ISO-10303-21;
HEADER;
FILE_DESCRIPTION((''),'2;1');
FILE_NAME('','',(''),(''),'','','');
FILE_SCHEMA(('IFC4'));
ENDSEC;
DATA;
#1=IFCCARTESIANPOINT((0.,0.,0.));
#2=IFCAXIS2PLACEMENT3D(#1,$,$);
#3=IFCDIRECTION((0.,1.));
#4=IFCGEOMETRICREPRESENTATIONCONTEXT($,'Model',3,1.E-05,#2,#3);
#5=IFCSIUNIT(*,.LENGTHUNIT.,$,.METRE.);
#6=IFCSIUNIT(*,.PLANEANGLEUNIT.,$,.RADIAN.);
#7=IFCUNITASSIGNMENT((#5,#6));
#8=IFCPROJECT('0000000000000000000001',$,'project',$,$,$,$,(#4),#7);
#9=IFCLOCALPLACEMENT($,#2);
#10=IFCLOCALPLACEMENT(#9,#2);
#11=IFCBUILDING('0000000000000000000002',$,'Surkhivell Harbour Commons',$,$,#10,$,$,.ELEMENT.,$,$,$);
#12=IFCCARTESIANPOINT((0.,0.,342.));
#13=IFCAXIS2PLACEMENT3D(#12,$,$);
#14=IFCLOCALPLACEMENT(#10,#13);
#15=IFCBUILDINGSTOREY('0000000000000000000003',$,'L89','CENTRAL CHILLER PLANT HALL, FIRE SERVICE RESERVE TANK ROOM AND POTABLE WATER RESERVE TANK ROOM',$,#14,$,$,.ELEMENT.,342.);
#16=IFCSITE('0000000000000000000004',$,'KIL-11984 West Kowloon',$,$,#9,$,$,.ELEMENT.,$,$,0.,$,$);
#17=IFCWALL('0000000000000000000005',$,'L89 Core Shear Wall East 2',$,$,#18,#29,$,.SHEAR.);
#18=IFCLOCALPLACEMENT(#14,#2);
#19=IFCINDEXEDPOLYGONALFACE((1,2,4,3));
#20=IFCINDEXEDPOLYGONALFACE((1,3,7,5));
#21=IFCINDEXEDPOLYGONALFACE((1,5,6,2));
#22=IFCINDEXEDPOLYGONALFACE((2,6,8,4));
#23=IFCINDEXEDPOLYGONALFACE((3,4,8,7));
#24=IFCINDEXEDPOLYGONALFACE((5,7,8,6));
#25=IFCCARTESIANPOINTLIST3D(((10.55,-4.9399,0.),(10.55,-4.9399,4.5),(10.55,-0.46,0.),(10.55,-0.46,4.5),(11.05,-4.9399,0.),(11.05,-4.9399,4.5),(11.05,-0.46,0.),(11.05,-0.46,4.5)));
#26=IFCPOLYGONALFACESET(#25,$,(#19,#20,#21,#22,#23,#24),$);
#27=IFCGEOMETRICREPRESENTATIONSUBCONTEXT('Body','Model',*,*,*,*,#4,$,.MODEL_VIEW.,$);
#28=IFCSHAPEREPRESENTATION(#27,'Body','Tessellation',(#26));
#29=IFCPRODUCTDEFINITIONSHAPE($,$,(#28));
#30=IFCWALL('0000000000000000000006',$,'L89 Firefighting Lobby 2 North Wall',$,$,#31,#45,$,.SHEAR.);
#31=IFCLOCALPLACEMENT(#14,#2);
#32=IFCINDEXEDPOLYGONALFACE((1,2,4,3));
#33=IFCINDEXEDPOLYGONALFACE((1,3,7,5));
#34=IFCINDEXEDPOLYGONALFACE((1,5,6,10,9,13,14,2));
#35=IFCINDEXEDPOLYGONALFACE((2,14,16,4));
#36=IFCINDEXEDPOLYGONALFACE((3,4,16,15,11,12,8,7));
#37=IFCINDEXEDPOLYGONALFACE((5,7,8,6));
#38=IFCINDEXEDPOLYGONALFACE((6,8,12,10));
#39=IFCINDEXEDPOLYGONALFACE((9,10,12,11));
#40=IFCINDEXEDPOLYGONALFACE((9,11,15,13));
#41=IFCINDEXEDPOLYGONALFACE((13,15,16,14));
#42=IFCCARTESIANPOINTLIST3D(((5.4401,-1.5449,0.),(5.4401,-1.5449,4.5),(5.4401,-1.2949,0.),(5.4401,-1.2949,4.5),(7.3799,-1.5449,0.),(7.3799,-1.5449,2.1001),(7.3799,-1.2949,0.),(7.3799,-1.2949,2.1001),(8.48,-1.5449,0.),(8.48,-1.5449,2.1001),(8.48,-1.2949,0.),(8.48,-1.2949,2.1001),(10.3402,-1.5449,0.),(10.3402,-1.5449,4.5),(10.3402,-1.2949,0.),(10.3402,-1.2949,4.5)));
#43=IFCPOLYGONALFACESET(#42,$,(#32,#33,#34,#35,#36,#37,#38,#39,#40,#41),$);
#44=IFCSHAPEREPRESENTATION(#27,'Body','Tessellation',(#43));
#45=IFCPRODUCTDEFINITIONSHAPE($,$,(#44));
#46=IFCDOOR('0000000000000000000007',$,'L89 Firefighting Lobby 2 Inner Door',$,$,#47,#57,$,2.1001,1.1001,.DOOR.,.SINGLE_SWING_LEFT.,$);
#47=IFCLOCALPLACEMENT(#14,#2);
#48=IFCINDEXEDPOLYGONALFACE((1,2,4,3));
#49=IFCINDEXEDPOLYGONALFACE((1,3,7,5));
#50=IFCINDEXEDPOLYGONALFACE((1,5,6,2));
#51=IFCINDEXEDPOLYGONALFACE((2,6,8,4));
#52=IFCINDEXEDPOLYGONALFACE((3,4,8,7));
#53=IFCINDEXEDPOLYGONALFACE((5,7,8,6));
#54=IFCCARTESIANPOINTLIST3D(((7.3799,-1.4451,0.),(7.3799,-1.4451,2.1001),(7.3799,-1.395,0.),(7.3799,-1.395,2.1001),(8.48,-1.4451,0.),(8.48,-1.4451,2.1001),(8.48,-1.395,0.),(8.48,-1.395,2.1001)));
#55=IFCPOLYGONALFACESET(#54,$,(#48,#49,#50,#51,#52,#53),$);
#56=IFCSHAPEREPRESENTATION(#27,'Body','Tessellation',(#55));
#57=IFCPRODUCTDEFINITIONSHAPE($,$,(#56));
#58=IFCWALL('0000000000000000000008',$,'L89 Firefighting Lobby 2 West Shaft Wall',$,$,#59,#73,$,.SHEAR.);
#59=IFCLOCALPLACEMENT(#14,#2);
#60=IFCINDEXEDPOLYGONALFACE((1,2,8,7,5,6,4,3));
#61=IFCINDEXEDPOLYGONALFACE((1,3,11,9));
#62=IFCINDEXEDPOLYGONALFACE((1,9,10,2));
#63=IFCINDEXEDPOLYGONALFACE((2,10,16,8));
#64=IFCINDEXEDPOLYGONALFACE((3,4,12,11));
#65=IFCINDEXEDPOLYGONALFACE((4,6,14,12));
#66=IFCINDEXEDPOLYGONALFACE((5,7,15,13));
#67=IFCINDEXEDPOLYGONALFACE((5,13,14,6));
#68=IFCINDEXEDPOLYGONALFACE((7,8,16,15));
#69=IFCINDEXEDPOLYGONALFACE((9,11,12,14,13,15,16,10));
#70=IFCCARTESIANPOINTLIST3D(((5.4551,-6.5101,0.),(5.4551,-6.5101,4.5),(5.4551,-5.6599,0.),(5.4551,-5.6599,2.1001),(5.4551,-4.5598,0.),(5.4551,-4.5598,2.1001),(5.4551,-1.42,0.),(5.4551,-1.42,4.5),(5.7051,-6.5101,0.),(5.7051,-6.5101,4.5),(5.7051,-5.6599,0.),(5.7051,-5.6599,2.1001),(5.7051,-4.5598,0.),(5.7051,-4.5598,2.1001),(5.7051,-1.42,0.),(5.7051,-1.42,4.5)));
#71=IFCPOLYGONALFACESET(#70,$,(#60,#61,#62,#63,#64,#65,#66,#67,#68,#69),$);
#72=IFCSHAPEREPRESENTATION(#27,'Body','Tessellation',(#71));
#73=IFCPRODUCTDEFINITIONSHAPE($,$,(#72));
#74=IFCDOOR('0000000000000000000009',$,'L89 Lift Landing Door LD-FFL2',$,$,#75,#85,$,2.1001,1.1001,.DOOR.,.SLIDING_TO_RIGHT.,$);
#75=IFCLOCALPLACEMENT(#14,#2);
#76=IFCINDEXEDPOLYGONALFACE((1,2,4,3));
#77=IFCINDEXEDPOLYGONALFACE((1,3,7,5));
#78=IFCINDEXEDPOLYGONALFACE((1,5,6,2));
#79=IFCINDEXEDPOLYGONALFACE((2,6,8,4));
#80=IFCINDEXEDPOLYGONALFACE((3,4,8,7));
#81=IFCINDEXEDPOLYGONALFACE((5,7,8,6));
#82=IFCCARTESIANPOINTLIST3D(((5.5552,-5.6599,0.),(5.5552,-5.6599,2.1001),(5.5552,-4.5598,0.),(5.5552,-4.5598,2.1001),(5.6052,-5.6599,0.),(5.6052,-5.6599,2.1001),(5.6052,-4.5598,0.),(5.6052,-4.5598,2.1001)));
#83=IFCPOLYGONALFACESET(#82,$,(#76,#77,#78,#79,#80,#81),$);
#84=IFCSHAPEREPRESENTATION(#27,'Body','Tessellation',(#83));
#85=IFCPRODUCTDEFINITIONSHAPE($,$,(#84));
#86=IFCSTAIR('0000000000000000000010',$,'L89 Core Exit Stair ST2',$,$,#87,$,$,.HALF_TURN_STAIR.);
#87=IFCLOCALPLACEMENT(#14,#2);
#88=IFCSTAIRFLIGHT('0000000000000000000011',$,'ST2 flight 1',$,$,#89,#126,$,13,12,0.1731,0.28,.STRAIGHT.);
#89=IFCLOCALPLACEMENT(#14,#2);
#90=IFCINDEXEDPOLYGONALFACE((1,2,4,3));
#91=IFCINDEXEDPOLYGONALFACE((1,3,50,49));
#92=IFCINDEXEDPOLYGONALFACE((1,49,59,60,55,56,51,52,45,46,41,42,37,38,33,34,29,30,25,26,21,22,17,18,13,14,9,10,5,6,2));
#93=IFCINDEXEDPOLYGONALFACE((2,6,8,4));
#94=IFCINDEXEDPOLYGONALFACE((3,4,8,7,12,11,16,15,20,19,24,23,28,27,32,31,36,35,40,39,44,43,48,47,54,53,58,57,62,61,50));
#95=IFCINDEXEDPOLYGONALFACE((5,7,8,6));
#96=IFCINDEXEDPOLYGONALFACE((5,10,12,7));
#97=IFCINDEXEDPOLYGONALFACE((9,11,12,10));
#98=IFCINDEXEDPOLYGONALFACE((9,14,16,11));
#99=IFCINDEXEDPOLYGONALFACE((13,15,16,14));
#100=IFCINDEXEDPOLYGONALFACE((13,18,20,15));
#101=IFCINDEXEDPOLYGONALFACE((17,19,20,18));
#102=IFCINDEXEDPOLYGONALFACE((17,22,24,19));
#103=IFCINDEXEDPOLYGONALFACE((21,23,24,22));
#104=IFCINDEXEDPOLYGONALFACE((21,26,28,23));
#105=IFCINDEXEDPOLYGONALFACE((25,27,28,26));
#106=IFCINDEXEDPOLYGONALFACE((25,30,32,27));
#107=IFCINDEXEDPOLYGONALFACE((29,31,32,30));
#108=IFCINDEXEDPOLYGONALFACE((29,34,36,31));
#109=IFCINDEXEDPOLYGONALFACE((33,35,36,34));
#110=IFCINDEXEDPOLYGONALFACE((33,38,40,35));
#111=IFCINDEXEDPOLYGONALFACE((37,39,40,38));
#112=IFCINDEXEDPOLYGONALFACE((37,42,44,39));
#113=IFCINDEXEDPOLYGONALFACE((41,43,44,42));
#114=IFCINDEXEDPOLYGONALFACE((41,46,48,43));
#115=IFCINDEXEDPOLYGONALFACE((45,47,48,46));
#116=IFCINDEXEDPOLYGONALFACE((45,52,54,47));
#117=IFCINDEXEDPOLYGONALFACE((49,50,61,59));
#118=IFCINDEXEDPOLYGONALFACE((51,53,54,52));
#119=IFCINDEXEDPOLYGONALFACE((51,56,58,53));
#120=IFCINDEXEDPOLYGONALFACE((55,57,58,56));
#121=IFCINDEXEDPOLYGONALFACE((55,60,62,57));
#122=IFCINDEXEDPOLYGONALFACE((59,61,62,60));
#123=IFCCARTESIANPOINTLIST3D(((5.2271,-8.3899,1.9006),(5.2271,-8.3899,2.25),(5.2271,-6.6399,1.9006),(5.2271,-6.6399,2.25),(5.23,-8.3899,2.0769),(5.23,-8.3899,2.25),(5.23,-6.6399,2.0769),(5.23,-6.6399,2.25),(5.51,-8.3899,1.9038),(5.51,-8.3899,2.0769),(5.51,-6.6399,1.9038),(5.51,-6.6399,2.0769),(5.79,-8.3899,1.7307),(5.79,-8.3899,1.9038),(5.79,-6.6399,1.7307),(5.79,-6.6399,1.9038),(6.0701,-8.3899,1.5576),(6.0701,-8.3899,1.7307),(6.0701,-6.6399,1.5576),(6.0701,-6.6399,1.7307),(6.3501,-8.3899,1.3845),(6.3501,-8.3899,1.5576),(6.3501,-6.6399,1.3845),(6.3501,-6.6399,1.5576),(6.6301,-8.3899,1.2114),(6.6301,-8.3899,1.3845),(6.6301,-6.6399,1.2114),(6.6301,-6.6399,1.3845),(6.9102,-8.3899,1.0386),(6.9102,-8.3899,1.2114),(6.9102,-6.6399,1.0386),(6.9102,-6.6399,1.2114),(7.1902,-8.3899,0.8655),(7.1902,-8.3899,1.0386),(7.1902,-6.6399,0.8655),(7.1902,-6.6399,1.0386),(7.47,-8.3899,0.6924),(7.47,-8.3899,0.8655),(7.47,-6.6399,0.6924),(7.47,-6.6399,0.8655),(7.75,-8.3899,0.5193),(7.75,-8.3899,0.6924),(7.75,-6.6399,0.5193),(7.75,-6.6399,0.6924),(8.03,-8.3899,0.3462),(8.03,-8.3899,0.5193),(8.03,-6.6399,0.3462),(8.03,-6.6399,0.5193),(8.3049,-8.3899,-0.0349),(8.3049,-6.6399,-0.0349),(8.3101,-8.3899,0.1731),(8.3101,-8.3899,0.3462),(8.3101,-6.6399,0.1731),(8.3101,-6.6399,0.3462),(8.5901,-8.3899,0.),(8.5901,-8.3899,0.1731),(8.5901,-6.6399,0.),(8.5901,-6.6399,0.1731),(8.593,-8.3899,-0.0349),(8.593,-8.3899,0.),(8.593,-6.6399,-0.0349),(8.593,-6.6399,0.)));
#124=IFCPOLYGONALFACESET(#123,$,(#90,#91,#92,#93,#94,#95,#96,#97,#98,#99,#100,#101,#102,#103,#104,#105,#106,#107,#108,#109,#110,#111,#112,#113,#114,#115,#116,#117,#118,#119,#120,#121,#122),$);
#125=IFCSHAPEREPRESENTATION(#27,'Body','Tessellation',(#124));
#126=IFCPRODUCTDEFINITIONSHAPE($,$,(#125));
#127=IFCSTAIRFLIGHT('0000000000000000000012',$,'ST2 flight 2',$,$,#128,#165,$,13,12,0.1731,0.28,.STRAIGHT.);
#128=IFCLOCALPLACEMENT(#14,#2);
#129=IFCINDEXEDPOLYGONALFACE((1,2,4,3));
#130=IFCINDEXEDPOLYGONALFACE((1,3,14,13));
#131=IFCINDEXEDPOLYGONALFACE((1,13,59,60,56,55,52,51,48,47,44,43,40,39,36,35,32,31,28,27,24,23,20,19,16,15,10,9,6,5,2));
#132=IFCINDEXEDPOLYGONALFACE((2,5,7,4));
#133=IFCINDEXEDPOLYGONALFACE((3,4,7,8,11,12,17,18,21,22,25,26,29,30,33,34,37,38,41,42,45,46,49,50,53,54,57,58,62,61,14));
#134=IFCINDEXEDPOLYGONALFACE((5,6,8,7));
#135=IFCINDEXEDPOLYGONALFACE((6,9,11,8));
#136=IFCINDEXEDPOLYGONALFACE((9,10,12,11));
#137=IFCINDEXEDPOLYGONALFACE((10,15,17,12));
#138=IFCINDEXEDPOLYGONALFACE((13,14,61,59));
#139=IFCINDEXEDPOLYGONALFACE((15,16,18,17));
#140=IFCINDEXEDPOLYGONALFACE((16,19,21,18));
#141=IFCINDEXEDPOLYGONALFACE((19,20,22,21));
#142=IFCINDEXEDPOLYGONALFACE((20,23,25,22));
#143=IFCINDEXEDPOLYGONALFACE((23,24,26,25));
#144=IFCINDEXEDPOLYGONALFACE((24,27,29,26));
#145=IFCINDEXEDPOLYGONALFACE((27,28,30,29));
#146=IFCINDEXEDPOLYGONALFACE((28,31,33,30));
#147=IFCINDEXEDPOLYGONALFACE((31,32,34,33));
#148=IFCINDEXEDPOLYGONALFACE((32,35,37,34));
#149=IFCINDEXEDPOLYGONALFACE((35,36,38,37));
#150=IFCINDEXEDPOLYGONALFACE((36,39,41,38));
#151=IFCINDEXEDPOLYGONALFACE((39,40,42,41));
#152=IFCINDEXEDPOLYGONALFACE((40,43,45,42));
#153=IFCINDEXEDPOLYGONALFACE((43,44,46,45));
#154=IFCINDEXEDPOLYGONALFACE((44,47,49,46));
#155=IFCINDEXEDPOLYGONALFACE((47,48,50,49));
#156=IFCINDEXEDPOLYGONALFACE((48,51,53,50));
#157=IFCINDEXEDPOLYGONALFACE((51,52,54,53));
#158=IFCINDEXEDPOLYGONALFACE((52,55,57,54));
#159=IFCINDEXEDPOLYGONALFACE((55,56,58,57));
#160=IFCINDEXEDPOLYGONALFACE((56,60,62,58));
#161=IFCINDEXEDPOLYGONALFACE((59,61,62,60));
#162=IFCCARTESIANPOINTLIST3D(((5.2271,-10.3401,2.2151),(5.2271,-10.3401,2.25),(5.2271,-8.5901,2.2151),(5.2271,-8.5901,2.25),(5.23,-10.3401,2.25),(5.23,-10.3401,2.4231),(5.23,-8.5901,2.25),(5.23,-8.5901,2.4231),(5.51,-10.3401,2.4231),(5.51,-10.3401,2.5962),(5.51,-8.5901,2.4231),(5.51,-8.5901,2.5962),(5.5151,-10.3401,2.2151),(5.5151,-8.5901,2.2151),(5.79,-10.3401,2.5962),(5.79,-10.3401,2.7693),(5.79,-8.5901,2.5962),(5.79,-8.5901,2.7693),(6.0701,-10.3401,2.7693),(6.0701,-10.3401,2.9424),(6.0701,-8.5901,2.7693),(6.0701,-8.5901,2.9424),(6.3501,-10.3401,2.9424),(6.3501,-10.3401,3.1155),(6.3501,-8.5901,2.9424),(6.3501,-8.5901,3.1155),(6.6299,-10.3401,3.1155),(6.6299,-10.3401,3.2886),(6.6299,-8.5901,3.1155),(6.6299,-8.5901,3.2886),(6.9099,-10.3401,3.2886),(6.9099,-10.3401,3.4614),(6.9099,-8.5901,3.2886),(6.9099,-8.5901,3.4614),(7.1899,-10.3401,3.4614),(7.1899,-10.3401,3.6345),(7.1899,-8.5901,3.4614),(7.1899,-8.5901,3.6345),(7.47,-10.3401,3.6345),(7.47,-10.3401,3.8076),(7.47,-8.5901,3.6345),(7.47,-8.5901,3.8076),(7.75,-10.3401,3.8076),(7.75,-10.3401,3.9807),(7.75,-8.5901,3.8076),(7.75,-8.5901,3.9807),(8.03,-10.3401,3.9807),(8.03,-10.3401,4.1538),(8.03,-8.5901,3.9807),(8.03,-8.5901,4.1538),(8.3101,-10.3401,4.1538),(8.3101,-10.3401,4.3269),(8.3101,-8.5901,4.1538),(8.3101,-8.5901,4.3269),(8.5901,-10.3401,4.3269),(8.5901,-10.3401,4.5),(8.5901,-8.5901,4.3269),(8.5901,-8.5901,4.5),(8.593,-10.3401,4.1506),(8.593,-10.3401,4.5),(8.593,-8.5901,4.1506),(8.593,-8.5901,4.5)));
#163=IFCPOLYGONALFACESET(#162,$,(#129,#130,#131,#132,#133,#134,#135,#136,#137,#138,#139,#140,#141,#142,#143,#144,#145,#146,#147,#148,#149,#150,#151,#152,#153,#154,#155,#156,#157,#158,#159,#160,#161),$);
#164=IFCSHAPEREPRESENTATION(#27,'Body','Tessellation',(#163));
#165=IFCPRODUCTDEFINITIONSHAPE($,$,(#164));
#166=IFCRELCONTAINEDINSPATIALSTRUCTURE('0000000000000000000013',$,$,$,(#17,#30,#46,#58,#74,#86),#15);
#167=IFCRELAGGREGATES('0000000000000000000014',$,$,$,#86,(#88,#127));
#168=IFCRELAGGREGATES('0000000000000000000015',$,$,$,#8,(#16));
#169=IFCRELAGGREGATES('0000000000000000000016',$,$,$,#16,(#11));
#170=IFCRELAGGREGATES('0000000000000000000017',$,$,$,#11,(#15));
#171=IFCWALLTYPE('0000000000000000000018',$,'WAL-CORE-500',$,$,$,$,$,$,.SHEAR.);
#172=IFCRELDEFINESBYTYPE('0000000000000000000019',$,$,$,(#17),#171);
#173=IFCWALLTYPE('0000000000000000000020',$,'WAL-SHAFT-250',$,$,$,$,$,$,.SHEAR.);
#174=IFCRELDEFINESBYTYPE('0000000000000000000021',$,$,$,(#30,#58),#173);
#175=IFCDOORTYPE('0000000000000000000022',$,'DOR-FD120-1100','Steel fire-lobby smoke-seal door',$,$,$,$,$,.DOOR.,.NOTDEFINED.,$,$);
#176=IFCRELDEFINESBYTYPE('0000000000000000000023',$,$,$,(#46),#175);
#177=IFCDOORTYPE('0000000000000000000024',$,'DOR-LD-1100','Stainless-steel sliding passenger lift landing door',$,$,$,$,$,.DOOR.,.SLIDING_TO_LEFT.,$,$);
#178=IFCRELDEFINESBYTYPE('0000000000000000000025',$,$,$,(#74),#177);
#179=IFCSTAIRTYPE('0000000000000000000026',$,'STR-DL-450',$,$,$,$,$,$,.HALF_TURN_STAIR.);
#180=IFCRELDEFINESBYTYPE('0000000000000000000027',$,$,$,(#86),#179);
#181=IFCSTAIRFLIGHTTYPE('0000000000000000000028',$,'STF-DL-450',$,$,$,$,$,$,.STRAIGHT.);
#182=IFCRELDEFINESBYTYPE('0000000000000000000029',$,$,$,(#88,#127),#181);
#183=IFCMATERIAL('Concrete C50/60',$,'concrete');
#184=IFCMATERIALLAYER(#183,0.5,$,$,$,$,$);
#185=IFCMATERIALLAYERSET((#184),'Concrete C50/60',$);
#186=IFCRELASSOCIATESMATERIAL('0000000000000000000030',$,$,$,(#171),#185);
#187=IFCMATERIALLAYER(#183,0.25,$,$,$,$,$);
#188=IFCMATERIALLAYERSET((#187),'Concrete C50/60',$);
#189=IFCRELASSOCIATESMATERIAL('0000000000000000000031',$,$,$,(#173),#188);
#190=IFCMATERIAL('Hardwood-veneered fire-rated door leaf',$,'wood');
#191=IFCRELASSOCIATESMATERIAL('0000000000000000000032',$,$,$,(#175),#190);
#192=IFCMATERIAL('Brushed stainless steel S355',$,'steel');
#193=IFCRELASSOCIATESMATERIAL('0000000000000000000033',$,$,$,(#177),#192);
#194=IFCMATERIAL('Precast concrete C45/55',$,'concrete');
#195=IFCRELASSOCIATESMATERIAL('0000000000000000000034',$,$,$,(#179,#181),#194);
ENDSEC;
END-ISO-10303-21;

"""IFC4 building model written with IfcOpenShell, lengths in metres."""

from ifc_helpers import new_model, si_unit, direction, frame, frame_2d, origin, place, context, subcontext, project, spatial, polyline, rectangle, outline, extrude, material, layer, layer_set, type_object, element, fill, aggregate, save


model = new_model("IFC4")

# Units and contexts
model_context = context("Model", 3, precision=1e-05, world=origin(), true_north=direction((0.0, 1.0)))
body_context = subcontext(model_context, "Body", "Model", "MODEL_VIEW")
ifc_project = project(units=[si_unit("LENGTHUNIT", "METRE"), si_unit("PLANEANGLEUNIT", "RADIAN")], contexts=[model_context])

# Site, building, storey
site_placement = place(None, origin())
site = spatial("IfcSite", under=ifc_project, at=site_placement, Name="KIL-11984 West Kowloon", CompositionType="ELEMENT", RefElevation=0.0)
building_placement = place(site_placement, origin())
building = spatial("IfcBuilding", under=site, at=building_placement, Name="Surkhivell Harbour Commons", CompositionType="ELEMENT")
storey_placement = place(building_placement, frame((0.0, 0.0, 342.0)))
storey = spatial("IfcBuildingStorey", under=building, at=storey_placement, Name="L89", Description="CENTRAL CHILLER PLANT HALL, FIRE SERVICE RESERVE TANK ROOM AND POTABLE WATER RESERVE TANK ROOM", CompositionType="ELEMENT", Elevation=342.0)

# Wall
ifc_material_1 = material(Name="Concrete C50/60", Category="concrete")
ifc_layer_1 = layer(ifc_material_1, 0.5)
ifc_layer_set_1 = layer_set([ifc_layer_1], Name="Concrete C50/60")
wall_type_1 = type_object("IfcWallType", Name="WAL-CORE-500", PredefinedType="SHEAR", material=ifc_layer_set_1)
for number, where, z_axis, x_axis, name in (
    (1, (10.8, -4.9399, 0.0), (0.0, 0.0, 1.0), (0.0, 1.0, 0.0), "L89 Core Shear Wall East 2"),
):
    element("IfcWall", number, at=place(storey_placement, frame(where, z_axis=z_axis, x_axis=x_axis)), inside=storey, type_object=wall_type_1, Name=name, PredefinedType="SHEAR", context=body_context, shape_type="SweptSolid", body=[
        extrude(rectangle(XDim=4.48, YDim=0.5, at=frame_2d((2.24, 0.0))), origin(), (0.0, 0.0, 1.0), 4.5),
    ])

# Walls, openings, doors
ifc_layer_2 = layer(ifc_material_1, 0.25)
ifc_layer_set_2 = layer_set([ifc_layer_2], Name="Concrete C50/60")
wall_type_2 = type_object("IfcWallType", Name="WAL-SHAFT-250", PredefinedType="SHEAR", material=ifc_layer_set_2)
wall_1_placement = place(storey_placement, frame((5.4399, -1.4199, 0.0), z_axis=(0.0, 0.0, 1.0), x_axis=(1.0, 0.0, 0.0)))
wall_1 = element("IfcWall", 2, at=wall_1_placement, inside=storey, type_object=wall_type_2, Name="L89 Firefighting Lobby 2 North Wall", PredefinedType="SHEAR", context=body_context, shape_type="SweptSolid", body=[
    extrude(rectangle(XDim=4.9001, YDim=0.25, at=frame_2d((2.4502, 0.0))), origin(), (0.0, 0.0, 1.0), 4.5),
])
opening_1_placement = place(wall_1_placement, frame((1.9399, 0.0, 0.0)))
opening_1 = element("IfcOpeningElement", 3, at=opening_1_placement, cuts=wall_1, PredefinedType="OPENING", context=body_context, shape_type="SweptSolid", body=[
    extrude(rectangle(XDim=1.1001, YDim=2.1001, at=frame_2d((0.55, 1.05))), frame((0.0, 0.135, 0.0), z_axis=(0.0, -1.0, 0.0), x_axis=(1.0, 0.0, 0.0)), (0.0, 0.0, 1.0), 0.27),
])
ifc_material_2 = material(Name="Hardwood-veneered fire-rated door leaf", Category="wood")
door_type_1 = type_object("IfcDoorType", Name="DOR-FD120-1100", Description="Steel fire-lobby smoke-seal door", OperationType="NOTDEFINED", PredefinedType="DOOR", material=ifc_material_2)
door_1_placement = place(opening_1_placement, origin())
door_1 = element("IfcDoor", 4, at=door_1_placement, inside=storey, type_object=door_type_1, Name="L89 Firefighting Lobby 2 Inner Door", OperationType="SINGLE_SWING_LEFT", OverallHeight=2.1001, OverallWidth=1.1001, PredefinedType="DOOR", context=body_context, shape_type="SweptSolid", body=[
    extrude(rectangle(XDim=1.1001, YDim=2.1001, at=frame_2d((0.55, 1.05))), frame((0.0, 0.0249, 0.0), z_axis=(0.0, -1.0, 0.0), x_axis=(1.0, 0.0, 0.0)), (0.0, 0.0, 1.0), 0.05),
])
fill(opening_1, door_1)
wall_2_placement = place(storey_placement, frame((5.5801, -6.51, 0.0), z_axis=(0.0, 0.0, 1.0), x_axis=(0.0, 1.0, 0.0)))
wall_2 = element("IfcWall", 5, at=wall_2_placement, inside=storey, type_object=wall_type_2, Name="L89 Firefighting Lobby 2 West Shaft Wall", PredefinedType="SHEAR", context=body_context, shape_type="SweptSolid", body=[
    extrude(rectangle(XDim=5.0901, YDim=0.25, at=frame_2d((2.5449, 0.0))), origin(), (0.0, 0.0, 1.0), 4.5),
])
opening_2_placement = place(wall_2_placement, frame((0.8501, 0.0, 0.0)))
opening_2 = element("IfcOpeningElement", 6, at=opening_2_placement, cuts=wall_2, PredefinedType="OPENING", context=body_context, shape_type="SweptSolid", body=[
    extrude(rectangle(XDim=1.1001, YDim=2.1001, at=frame_2d((0.55, 1.05))), frame((0.0, 0.135, 0.0), z_axis=(0.0, -1.0, 0.0), x_axis=(1.0, 0.0, 0.0)), (0.0, 0.0, 1.0), 0.27),
])
ifc_material_3 = material(Name="Brushed stainless steel S355", Category="steel")
door_type_2 = type_object("IfcDoorType", Name="DOR-LD-1100", Description="Stainless-steel sliding passenger lift landing door", OperationType="SLIDING_TO_LEFT", PredefinedType="DOOR", material=ifc_material_3)
door_2_placement = place(opening_2_placement, origin())
door_2 = element("IfcDoor", 7, at=door_2_placement, inside=storey, type_object=door_type_2, Name="L89 Lift Landing Door LD-FFL2", OperationType="SLIDING_TO_RIGHT", OverallHeight=2.1001, OverallWidth=1.1001, PredefinedType="DOOR", context=body_context, shape_type="SweptSolid", body=[
    extrude(rectangle(XDim=1.1001, YDim=2.1001, at=frame_2d((0.55, 1.05))), frame((0.0, 0.0249, 0.0), z_axis=(0.0, -1.0, 0.0), x_axis=(1.0, 0.0, 0.0)), (0.0, 0.0, 1.0), 0.05),
])
fill(opening_2, door_2)

# Stair, stair flights
ifc_material_4 = material(Name="Precast concrete C45/55", Category="concrete")
stair_type = type_object("IfcStairType", Name="STR-DL-450", PredefinedType="HALF_TURN_STAIR", material=ifc_material_4)
stair_placement = place(storey_placement, origin())
stair = element("IfcStair", 8, at=stair_placement, inside=storey, type_object=stair_type, Name="L89 Core Exit Stair ST2", PredefinedType="HALF_TURN_STAIR")
stair_flight_type = type_object("IfcStairFlightType", Name="STF-DL-450", PredefinedType="STRAIGHT", material=ifc_material_4)
stair_flight_1_placement = place(storey_placement, frame((8.5901, -7.5149, 0.0), z_axis=(0.0, 0.0, 1.0), x_axis=(-1.0, 0.0, 0.0)))
stair_flight_1 = element("IfcStairFlight", 9, at=stair_flight_1_placement, type_object=stair_flight_type, Name="ST2 flight 1", NumberOfRisers=13, NumberOfTreads=12, PredefinedType="STRAIGHT", RiserHeight=0.1731, TreadLength=0.28, context=body_context, shape_type="SweptSolid", body=[
    extrude(outline(polyline([(-0.0029, -0.0349), (-0.0029, 0.0), (0.0, 0.0), (0.0, 0.1731), (0.28, 0.1731), (0.28, 0.3462), (0.5601, 0.3462), (0.5601, 0.5193), (0.8401, 0.5193), (0.8401, 0.6924), (1.1201, 0.6924), (1.1201, 0.8655), (1.3999, 0.8655), (1.3999, 1.0386), (1.6799, 1.0386), (1.6799, 1.2114), (1.96, 1.2114), (1.96, 1.3845), (2.24, 1.3845), (2.24, 1.5576), (2.52, 1.5576), (2.52, 1.7307), (2.8, 1.7307), (2.8, 1.9038), (3.0801, 1.9038), (3.0801, 2.0769), (3.3601, 2.0769), (3.3601, 2.25), (3.363, 2.25), (3.363, 1.9006), (0.2852, -0.0349), (-0.0029, -0.0349)])), frame((0.0, 0.875, 0.0), z_axis=(0.0, -1.0, 0.0), x_axis=(1.0, 0.0, 0.0)), (0.0, 0.0, 1.0), 1.75),
])
stair_flight_2_placement = place(storey_placement, frame((5.23, -9.4651, 2.25), z_axis=(0.0, 0.0, 1.0), x_axis=(1.0, 0.0, 0.0)))
stair_flight_2 = element("IfcStairFlight", 10, at=stair_flight_2_placement, type_object=stair_flight_type, Name="ST2 flight 2", NumberOfRisers=13, NumberOfTreads=12, PredefinedType="STRAIGHT", RiserHeight=0.1731, TreadLength=0.28, context=body_context, shape_type="SweptSolid", body=[
    extrude(outline(polyline([(-0.0029, -0.0349), (-0.0029, 0.0), (0.0, 0.0), (0.0, 0.1731), (0.28, 0.1731), (0.28, 0.3462), (0.5601, 0.3462), (0.5601, 0.5193), (0.8401, 0.5193), (0.8401, 0.6924), (1.1201, 0.6924), (1.1201, 0.8655), (1.3999, 0.8655), (1.3999, 1.0386), (1.6799, 1.0386), (1.6799, 1.2114), (1.96, 1.2114), (1.96, 1.3845), (2.24, 1.3845), (2.24, 1.5576), (2.52, 1.5576), (2.52, 1.7307), (2.8, 1.7307), (2.8, 1.9038), (3.0801, 1.9038), (3.0801, 2.0769), (3.3601, 2.0769), (3.3601, 2.25), (3.363, 2.25), (3.363, 1.9006), (0.2852, -0.0349), (-0.0029, -0.0349)])), frame((0.0, 0.875, 0.0), z_axis=(0.0, -1.0, 0.0), x_axis=(1.0, 0.0, 0.0)), (0.0, 0.0, 1.0), 1.75),
])
aggregate(stair, [stair_flight_1, stair_flight_2])

save(model, "model.ifc")
